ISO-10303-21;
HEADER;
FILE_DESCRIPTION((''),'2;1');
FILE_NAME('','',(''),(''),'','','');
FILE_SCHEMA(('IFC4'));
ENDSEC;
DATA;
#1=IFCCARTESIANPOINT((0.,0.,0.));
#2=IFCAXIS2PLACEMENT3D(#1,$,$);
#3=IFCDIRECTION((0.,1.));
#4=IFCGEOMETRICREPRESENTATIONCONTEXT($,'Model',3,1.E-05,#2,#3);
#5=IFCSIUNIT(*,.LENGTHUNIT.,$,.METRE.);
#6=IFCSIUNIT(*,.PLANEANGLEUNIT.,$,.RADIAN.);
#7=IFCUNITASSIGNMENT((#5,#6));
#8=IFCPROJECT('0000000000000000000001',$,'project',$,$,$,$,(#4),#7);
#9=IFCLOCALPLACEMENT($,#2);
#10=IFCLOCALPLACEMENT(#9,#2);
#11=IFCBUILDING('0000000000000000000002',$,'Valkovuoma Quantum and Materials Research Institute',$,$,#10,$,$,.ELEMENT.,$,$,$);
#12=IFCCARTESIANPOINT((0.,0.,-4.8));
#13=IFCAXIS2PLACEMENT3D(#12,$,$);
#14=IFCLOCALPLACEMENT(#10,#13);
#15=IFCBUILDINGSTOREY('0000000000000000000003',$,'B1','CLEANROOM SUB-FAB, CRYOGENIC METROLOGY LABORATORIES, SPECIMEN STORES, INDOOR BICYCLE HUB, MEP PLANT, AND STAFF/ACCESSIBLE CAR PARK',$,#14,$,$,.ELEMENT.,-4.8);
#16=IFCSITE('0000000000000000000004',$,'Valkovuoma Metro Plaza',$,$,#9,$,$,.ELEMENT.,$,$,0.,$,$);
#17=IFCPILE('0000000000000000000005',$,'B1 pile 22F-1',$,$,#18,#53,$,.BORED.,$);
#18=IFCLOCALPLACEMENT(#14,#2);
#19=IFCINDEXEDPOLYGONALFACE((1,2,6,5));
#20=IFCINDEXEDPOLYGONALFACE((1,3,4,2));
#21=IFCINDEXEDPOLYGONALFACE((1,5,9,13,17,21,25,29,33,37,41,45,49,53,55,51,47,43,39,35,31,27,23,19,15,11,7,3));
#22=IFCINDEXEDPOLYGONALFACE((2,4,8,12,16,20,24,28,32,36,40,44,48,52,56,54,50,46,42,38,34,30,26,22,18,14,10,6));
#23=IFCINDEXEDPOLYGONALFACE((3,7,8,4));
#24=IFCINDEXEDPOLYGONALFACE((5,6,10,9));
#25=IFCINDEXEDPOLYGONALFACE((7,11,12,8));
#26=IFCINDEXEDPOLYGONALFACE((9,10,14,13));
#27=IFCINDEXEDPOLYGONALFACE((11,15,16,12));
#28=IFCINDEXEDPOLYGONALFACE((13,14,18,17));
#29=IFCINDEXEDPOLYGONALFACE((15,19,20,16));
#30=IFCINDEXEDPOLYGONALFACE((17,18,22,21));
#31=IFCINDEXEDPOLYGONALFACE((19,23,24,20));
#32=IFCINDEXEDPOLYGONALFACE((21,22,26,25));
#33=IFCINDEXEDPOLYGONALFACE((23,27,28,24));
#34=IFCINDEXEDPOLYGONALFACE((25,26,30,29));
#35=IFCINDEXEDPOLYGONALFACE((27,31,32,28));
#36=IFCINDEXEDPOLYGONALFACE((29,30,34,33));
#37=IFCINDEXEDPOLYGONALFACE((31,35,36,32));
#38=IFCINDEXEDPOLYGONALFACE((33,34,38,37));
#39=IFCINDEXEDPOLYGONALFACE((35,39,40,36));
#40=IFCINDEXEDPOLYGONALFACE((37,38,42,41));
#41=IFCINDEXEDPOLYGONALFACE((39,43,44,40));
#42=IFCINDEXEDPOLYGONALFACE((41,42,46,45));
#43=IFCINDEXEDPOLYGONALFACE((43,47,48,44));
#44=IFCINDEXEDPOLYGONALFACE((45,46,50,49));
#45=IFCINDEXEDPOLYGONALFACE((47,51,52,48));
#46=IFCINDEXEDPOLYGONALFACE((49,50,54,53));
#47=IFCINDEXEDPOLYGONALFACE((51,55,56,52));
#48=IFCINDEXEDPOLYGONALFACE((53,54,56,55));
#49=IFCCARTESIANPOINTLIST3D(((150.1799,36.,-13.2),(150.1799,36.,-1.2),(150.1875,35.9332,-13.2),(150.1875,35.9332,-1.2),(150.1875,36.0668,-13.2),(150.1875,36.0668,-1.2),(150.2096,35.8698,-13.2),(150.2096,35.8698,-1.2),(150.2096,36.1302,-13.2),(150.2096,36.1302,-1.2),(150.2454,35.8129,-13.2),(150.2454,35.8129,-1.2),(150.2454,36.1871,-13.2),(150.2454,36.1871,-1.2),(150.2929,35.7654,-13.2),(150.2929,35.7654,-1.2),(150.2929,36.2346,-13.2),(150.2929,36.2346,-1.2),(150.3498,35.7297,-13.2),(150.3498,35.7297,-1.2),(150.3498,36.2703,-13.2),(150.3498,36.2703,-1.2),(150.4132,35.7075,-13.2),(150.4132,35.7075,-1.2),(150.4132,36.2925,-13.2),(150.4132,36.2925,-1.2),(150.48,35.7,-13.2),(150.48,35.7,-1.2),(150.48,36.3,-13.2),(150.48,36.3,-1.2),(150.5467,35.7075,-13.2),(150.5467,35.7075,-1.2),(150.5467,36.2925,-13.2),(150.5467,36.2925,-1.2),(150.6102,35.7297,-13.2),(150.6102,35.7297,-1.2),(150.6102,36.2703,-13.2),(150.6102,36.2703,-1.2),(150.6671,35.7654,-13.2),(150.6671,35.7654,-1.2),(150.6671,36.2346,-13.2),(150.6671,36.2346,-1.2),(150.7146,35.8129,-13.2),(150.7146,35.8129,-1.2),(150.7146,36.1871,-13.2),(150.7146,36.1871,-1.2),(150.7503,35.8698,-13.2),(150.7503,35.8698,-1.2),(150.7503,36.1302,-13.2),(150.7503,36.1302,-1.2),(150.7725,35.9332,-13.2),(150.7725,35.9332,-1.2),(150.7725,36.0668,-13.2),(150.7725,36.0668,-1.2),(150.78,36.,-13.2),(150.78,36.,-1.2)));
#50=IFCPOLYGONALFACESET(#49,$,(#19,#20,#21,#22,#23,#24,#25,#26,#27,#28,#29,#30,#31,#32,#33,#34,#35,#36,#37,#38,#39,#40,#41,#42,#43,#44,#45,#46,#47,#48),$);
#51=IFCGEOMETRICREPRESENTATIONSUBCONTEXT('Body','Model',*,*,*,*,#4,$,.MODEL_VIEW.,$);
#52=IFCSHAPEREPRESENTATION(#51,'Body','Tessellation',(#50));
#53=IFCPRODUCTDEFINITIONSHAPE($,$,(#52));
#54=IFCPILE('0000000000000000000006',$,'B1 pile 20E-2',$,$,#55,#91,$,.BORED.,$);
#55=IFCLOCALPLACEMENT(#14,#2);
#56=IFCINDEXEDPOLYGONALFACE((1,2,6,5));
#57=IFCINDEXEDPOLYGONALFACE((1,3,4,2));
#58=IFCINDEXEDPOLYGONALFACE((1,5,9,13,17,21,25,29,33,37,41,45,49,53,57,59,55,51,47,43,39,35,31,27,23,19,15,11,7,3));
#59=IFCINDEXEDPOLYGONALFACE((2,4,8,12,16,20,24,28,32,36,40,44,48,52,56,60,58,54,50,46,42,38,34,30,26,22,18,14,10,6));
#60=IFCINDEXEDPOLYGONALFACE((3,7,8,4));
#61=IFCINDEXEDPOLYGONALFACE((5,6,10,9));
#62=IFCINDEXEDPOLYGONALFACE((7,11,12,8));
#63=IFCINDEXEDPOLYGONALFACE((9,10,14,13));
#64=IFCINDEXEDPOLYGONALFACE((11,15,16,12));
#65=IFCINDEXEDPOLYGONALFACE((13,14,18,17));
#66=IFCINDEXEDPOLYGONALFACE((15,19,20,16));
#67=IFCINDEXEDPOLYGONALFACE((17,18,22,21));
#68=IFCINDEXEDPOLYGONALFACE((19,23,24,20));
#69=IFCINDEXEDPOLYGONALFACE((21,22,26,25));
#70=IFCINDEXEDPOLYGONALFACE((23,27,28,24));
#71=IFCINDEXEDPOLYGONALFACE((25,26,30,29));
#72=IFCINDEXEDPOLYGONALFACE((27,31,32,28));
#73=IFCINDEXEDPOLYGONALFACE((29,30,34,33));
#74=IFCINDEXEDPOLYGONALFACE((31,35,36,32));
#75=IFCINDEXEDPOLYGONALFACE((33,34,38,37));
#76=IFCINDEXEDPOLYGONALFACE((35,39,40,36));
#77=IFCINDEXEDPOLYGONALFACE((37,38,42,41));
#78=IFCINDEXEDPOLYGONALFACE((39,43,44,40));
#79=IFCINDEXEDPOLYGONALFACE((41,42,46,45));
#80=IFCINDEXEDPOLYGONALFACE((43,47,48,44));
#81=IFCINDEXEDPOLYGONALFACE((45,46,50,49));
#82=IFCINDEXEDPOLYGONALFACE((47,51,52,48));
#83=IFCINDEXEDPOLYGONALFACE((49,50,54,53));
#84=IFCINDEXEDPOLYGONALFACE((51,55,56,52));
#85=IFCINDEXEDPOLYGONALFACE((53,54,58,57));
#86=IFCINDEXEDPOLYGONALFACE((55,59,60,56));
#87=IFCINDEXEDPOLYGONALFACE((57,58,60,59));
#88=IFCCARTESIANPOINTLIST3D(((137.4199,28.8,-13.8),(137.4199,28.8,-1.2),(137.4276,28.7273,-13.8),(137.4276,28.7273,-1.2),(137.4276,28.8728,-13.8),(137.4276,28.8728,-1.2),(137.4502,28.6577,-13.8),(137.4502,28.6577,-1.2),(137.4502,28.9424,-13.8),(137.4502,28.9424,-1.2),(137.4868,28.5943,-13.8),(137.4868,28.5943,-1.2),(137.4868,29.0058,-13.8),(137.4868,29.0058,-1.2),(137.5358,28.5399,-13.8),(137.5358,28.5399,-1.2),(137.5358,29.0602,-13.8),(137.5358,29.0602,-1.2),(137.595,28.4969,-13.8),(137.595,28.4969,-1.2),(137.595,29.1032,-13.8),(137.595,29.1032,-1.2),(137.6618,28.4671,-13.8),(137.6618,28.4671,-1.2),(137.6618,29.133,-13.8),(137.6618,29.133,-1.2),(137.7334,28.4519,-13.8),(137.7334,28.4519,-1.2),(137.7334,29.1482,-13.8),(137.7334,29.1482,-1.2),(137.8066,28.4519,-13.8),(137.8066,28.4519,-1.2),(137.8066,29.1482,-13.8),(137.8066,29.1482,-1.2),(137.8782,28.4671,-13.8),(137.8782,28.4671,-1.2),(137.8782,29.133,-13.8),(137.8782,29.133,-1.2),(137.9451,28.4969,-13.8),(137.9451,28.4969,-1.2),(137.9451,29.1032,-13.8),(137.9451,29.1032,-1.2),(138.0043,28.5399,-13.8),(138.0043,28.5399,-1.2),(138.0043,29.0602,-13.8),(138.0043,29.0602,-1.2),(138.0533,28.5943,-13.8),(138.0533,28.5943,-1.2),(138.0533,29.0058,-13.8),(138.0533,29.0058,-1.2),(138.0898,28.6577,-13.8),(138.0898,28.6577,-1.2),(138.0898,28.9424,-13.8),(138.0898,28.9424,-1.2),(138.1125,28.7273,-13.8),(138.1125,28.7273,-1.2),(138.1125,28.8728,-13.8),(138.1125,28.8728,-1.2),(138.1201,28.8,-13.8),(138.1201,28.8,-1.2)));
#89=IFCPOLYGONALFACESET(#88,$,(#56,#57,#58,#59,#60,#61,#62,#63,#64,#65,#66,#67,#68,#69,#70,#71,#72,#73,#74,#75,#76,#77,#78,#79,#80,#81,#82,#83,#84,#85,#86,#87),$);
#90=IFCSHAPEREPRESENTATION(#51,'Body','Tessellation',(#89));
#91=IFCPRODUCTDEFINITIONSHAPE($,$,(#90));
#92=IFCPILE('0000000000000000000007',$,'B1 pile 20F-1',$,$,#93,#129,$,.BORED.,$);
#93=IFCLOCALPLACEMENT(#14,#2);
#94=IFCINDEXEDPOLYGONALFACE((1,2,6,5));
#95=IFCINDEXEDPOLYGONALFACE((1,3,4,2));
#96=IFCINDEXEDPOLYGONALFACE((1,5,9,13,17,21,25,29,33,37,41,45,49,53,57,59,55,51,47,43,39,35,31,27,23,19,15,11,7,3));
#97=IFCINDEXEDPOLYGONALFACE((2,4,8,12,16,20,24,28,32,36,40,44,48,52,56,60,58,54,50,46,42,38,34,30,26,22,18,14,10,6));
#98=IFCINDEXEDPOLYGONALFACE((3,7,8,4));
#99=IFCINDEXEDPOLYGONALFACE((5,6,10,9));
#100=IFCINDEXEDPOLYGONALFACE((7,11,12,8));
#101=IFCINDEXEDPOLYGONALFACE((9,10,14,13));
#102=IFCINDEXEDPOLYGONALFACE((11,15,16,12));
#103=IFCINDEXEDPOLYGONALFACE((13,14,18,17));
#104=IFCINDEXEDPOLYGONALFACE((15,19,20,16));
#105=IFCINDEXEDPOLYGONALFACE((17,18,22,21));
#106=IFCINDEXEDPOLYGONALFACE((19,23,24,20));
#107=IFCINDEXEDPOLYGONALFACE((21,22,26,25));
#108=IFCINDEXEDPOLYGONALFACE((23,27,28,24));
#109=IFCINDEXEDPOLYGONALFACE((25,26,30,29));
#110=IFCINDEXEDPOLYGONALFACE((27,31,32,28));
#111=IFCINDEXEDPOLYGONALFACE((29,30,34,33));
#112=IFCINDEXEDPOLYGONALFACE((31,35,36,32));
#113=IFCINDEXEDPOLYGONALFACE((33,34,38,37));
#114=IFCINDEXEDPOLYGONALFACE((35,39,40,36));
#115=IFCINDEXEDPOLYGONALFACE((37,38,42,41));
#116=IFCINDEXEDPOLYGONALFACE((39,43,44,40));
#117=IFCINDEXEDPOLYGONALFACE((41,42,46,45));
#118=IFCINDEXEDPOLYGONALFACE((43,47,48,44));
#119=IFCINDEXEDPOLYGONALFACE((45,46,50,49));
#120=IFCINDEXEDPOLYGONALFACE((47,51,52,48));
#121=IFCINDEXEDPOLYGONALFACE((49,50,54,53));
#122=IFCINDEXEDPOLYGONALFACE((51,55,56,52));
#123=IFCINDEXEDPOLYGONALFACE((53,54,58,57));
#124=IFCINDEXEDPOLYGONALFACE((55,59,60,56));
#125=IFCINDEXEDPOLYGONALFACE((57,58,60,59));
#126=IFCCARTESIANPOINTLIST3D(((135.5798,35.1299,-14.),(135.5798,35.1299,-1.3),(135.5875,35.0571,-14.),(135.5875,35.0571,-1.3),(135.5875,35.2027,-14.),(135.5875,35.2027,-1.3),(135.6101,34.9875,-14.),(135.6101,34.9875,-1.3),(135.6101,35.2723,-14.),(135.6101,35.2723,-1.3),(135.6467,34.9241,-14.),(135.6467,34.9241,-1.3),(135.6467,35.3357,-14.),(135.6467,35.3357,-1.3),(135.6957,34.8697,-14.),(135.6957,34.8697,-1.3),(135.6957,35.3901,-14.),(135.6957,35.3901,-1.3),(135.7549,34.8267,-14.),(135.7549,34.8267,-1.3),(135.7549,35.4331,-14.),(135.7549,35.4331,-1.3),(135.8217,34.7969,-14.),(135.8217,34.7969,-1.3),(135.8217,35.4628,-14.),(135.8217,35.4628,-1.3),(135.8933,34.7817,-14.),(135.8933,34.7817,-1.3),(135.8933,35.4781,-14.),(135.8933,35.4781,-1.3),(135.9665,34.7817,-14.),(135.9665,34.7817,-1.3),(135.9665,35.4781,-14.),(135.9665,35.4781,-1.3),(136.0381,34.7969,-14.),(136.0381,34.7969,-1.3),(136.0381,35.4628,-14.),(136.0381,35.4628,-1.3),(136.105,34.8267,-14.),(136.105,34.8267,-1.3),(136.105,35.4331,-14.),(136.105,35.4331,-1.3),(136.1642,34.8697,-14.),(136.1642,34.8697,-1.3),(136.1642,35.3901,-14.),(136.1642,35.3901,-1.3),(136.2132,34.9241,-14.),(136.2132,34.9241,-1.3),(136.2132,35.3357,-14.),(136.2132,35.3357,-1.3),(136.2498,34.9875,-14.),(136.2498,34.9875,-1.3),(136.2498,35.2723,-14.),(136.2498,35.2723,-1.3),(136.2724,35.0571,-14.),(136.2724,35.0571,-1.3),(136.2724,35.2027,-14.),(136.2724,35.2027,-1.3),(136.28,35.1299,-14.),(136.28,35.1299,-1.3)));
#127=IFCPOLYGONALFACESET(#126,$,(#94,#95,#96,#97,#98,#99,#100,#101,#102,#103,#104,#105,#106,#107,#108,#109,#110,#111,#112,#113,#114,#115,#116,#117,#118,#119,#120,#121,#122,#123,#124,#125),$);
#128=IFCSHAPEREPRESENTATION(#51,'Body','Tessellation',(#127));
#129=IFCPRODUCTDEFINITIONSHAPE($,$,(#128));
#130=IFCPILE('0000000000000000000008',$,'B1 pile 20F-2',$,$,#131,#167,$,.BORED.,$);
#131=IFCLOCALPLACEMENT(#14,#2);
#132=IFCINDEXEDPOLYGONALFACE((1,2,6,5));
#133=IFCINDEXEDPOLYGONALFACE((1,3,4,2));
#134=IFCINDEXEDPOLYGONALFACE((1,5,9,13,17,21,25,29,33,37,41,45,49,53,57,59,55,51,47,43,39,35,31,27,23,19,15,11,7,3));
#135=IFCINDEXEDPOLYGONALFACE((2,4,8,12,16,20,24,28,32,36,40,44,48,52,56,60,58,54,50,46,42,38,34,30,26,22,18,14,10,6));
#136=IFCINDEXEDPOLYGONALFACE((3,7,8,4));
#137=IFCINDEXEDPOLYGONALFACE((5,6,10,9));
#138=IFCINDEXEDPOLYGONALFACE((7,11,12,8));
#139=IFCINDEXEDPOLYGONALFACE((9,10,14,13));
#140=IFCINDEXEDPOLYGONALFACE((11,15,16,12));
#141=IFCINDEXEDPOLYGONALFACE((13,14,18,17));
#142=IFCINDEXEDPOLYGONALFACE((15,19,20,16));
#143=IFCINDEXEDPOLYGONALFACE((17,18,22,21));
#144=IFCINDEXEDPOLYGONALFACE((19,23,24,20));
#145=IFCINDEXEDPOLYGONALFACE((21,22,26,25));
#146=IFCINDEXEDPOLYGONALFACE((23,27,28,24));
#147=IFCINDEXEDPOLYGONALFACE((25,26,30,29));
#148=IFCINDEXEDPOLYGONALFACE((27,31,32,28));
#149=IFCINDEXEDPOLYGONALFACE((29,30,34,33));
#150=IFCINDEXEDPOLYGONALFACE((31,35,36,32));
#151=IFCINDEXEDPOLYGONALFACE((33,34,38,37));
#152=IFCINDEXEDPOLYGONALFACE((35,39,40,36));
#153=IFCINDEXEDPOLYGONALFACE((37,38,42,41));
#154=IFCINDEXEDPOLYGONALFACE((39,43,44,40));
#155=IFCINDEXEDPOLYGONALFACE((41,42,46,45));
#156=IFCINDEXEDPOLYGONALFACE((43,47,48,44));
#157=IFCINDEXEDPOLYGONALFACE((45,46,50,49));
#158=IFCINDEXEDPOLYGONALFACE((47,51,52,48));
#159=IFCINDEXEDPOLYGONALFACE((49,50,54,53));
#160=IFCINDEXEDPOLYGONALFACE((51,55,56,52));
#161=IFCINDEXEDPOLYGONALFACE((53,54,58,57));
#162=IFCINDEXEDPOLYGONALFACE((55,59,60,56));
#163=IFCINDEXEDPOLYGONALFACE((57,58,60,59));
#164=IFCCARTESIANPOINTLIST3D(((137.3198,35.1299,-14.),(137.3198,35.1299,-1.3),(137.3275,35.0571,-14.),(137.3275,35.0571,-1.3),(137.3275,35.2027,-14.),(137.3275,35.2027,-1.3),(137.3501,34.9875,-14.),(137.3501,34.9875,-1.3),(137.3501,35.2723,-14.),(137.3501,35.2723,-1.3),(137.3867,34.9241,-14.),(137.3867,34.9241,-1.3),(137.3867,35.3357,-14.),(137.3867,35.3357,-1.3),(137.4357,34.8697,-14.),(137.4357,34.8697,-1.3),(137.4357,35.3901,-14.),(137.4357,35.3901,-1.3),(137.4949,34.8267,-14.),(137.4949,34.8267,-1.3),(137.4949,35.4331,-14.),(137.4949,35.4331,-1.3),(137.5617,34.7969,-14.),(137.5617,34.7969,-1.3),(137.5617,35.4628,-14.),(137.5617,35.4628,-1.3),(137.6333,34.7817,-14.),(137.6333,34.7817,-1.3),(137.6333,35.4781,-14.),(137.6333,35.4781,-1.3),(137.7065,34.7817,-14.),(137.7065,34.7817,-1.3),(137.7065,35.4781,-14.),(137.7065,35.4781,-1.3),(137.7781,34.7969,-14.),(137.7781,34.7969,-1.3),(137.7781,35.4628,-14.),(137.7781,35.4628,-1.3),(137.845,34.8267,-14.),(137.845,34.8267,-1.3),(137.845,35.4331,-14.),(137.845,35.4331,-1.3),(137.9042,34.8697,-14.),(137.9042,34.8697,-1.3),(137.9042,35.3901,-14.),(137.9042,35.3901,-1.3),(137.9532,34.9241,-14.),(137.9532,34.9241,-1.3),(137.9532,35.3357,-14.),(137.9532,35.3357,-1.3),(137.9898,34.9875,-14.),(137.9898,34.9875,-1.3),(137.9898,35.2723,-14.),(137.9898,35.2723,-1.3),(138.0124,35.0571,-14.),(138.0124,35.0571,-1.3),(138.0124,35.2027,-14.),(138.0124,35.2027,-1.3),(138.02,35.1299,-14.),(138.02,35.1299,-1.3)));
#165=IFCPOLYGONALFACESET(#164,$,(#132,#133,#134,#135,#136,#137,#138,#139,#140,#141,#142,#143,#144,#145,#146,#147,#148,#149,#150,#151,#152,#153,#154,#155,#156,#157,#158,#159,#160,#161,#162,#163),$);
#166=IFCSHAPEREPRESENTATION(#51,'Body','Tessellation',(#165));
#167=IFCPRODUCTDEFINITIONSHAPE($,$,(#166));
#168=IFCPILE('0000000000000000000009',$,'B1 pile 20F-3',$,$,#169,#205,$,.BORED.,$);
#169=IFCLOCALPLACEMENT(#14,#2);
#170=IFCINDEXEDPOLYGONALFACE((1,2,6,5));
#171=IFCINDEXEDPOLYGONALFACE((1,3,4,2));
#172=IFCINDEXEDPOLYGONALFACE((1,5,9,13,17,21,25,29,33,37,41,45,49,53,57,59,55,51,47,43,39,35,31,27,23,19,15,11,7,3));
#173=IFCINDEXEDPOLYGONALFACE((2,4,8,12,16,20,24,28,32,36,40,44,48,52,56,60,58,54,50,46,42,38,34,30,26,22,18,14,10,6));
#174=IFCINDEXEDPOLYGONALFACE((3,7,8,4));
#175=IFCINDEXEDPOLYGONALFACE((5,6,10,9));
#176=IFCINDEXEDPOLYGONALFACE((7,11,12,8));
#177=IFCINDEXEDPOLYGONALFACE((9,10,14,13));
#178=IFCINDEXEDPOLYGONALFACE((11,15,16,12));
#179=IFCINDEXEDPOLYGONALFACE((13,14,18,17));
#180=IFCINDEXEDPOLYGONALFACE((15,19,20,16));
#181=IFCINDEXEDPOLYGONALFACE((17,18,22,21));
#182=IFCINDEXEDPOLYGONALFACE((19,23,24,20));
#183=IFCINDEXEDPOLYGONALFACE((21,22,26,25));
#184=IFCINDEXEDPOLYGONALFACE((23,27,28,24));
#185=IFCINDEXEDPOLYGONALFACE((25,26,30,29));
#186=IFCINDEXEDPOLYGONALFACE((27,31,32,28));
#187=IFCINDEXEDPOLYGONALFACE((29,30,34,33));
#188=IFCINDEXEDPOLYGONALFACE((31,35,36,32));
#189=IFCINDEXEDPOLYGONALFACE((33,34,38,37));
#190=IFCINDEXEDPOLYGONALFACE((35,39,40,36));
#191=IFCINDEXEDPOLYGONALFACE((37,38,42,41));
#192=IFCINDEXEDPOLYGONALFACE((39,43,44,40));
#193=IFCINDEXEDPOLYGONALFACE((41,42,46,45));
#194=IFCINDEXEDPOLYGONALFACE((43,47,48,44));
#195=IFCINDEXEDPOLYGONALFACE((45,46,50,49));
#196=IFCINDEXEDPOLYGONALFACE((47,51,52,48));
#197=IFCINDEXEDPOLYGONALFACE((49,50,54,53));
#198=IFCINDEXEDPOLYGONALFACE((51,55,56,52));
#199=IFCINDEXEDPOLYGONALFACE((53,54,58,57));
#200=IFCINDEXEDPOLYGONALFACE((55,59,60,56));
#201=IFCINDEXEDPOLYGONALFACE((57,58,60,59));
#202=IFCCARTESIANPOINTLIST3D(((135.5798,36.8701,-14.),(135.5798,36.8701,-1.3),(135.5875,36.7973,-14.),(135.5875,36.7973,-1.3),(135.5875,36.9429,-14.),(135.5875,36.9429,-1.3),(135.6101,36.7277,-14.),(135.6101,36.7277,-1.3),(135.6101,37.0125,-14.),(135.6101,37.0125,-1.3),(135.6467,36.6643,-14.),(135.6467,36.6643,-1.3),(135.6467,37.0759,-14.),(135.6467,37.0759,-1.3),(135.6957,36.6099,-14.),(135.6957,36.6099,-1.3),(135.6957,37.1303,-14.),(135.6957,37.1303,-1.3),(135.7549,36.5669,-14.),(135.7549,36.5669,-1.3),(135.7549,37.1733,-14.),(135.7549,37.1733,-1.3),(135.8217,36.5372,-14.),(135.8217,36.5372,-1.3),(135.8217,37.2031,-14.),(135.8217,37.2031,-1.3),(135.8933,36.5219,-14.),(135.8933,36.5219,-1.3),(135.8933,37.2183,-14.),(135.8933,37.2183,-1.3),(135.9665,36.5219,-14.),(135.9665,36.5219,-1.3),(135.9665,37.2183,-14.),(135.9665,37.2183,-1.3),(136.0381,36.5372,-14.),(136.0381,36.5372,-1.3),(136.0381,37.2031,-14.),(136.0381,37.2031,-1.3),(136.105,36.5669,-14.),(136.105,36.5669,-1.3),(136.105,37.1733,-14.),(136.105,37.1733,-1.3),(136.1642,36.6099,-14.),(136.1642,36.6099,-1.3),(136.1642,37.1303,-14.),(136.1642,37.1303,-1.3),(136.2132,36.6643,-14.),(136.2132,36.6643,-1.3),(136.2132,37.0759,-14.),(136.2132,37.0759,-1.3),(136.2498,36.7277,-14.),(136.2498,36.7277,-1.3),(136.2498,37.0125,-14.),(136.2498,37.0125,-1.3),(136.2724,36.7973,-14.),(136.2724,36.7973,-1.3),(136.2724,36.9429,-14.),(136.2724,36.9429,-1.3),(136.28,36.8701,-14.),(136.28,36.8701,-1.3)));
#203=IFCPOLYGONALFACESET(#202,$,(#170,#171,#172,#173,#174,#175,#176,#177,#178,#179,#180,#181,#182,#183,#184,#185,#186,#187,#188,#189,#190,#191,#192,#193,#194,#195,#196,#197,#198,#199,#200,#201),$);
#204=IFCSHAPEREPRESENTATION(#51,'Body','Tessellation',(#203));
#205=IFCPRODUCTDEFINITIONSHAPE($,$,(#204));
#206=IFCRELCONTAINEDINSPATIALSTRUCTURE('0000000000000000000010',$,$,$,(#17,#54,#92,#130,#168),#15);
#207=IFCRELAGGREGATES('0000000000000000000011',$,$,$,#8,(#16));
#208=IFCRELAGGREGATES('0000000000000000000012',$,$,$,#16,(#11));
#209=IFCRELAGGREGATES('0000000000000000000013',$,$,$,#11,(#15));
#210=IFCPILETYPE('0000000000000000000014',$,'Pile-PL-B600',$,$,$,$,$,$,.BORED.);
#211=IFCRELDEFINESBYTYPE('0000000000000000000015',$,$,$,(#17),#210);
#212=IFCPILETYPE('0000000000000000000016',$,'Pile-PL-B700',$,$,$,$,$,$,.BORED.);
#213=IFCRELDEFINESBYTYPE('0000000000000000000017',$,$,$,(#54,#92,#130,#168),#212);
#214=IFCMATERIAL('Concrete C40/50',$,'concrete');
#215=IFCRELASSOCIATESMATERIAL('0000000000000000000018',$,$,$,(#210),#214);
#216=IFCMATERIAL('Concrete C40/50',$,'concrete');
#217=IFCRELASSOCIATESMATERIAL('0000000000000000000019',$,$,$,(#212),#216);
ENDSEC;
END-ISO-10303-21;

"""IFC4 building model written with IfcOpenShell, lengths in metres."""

from ifc_helpers import new_model, si_unit, direction, frame, origin, origin_2d, place, context, subcontext, project, spatial, circle, extrude, material, material_profile, profile_set, type_object, element, save


model = new_model("IFC4")

# Units and contexts
model_context = context("Model", 3, precision=1e-05, world=origin(), true_north=direction((0.0, 1.0)))
body_context = subcontext(model_context, "Body", "Model", "MODEL_VIEW")
ifc_project = project(units=[si_unit("LENGTHUNIT", "METRE"), si_unit("PLANEANGLEUNIT", "RADIAN")], contexts=[model_context])

# Site, building, storey
site_placement = place(None, origin())
site = spatial("IfcSite", under=ifc_project, at=site_placement, Name="Valkovuoma Metro Plaza", CompositionType="ELEMENT", RefElevation=0.0)
building_placement = place(site_placement, origin())
building = spatial("IfcBuilding", under=site, at=building_placement, Name="Valkovuoma Quantum and Materials Research Institute", CompositionType="ELEMENT")
storey_placement = place(building_placement, frame((0.0, 0.0, -4.8)))
storey = spatial("IfcBuildingStorey", under=building, at=storey_placement, Name="B1", Description="CLEANROOM SUB-FAB, CRYOGENIC METROLOGY LABORATORIES, SPECIMEN STORES, INDOOR BICYCLE HUB, MEP PLANT, AND STAFF/ACCESSIBLE CAR PARK", CompositionType="ELEMENT", Elevation=-4.8)

# Piles
ifc_material_1 = material(Name="Concrete C40/50", Category="concrete")
ifc_material_profile_1 = material_profile(ifc_material_1, circle(Radius=0.3, at=origin_2d()), Name="Concrete C40/50")
ifc_profile_set_1 = profile_set([ifc_material_profile_1], Name="Concrete C40/50")
pile_type_1 = type_object("IfcPileType", Name="Pile-PL-B600", PredefinedType="BORED", material=ifc_profile_set_1)
pile_1_placement = place(storey_placement, frame((150.48, 36.0, -1.2), z_axis=(0.0, 0.0, -1.0), x_axis=(1.0, 0.0, 0.0)))
element("IfcPile", 1, at=pile_1_placement, inside=storey, type_object=pile_type_1, Name="B1 pile 22F-1", PredefinedType="BORED", context=body_context, shape_type="SweptSolid", body=[
    extrude(circle(Radius=0.3, at=origin_2d()), origin(), (0.0, 0.0, 1.0), 12.0),
])
ifc_material_2 = material(Name="Concrete C40/50", Category="concrete")
ifc_material_profile_2 = material_profile(ifc_material_2, circle(Radius=0.3501, at=origin_2d()), Name="Concrete C40/50")
ifc_profile_set_2 = profile_set([ifc_material_profile_2], Name="Concrete C40/50")
pile_type_2 = type_object("IfcPileType", Name="Pile-PL-B700", PredefinedType="BORED", material=ifc_profile_set_2)
pile_2_placement = place(storey_placement, frame((137.77, 28.8, -1.2), z_axis=(0.0, 0.0, -1.0), x_axis=(1.0, 0.0, 0.0)))
element("IfcPile", 2, at=pile_2_placement, inside=storey, type_object=pile_type_2, Name="B1 pile 20E-2", PredefinedType="BORED", context=body_context, shape_type="SweptSolid", body=[
    extrude(circle(Radius=0.3501, at=origin_2d()), origin(), (0.0, 0.0, 1.0), 12.6001),
])
for number, where, z_axis, x_axis, name in (
    (3, (135.9299, 35.1299, -1.3), (0.0, 0.0, -1.0), (1.0, 0.0, 0.0), "B1 pile 20F-1"),
    (4, (137.6699, 35.1299, -1.3), (0.0, 0.0, -1.0), (1.0, 0.0, 0.0), "B1 pile 20F-2"),
    (5, (135.9299, 36.8701, -1.3), (0.0, 0.0, -1.0), (1.0, 0.0, 0.0), "B1 pile 20F-3"),
):
    element("IfcPile", number, at=place(storey_placement, frame(where, z_axis=z_axis, x_axis=x_axis)), inside=storey, type_object=pile_type_2, Name=name, PredefinedType="BORED", context=body_context, shape_type="SweptSolid", body=[
        extrude(circle(Radius=0.3501, at=origin_2d()), origin(), (0.0, 0.0, 1.0), 12.7),
    ])

save(model, "model.ifc")
